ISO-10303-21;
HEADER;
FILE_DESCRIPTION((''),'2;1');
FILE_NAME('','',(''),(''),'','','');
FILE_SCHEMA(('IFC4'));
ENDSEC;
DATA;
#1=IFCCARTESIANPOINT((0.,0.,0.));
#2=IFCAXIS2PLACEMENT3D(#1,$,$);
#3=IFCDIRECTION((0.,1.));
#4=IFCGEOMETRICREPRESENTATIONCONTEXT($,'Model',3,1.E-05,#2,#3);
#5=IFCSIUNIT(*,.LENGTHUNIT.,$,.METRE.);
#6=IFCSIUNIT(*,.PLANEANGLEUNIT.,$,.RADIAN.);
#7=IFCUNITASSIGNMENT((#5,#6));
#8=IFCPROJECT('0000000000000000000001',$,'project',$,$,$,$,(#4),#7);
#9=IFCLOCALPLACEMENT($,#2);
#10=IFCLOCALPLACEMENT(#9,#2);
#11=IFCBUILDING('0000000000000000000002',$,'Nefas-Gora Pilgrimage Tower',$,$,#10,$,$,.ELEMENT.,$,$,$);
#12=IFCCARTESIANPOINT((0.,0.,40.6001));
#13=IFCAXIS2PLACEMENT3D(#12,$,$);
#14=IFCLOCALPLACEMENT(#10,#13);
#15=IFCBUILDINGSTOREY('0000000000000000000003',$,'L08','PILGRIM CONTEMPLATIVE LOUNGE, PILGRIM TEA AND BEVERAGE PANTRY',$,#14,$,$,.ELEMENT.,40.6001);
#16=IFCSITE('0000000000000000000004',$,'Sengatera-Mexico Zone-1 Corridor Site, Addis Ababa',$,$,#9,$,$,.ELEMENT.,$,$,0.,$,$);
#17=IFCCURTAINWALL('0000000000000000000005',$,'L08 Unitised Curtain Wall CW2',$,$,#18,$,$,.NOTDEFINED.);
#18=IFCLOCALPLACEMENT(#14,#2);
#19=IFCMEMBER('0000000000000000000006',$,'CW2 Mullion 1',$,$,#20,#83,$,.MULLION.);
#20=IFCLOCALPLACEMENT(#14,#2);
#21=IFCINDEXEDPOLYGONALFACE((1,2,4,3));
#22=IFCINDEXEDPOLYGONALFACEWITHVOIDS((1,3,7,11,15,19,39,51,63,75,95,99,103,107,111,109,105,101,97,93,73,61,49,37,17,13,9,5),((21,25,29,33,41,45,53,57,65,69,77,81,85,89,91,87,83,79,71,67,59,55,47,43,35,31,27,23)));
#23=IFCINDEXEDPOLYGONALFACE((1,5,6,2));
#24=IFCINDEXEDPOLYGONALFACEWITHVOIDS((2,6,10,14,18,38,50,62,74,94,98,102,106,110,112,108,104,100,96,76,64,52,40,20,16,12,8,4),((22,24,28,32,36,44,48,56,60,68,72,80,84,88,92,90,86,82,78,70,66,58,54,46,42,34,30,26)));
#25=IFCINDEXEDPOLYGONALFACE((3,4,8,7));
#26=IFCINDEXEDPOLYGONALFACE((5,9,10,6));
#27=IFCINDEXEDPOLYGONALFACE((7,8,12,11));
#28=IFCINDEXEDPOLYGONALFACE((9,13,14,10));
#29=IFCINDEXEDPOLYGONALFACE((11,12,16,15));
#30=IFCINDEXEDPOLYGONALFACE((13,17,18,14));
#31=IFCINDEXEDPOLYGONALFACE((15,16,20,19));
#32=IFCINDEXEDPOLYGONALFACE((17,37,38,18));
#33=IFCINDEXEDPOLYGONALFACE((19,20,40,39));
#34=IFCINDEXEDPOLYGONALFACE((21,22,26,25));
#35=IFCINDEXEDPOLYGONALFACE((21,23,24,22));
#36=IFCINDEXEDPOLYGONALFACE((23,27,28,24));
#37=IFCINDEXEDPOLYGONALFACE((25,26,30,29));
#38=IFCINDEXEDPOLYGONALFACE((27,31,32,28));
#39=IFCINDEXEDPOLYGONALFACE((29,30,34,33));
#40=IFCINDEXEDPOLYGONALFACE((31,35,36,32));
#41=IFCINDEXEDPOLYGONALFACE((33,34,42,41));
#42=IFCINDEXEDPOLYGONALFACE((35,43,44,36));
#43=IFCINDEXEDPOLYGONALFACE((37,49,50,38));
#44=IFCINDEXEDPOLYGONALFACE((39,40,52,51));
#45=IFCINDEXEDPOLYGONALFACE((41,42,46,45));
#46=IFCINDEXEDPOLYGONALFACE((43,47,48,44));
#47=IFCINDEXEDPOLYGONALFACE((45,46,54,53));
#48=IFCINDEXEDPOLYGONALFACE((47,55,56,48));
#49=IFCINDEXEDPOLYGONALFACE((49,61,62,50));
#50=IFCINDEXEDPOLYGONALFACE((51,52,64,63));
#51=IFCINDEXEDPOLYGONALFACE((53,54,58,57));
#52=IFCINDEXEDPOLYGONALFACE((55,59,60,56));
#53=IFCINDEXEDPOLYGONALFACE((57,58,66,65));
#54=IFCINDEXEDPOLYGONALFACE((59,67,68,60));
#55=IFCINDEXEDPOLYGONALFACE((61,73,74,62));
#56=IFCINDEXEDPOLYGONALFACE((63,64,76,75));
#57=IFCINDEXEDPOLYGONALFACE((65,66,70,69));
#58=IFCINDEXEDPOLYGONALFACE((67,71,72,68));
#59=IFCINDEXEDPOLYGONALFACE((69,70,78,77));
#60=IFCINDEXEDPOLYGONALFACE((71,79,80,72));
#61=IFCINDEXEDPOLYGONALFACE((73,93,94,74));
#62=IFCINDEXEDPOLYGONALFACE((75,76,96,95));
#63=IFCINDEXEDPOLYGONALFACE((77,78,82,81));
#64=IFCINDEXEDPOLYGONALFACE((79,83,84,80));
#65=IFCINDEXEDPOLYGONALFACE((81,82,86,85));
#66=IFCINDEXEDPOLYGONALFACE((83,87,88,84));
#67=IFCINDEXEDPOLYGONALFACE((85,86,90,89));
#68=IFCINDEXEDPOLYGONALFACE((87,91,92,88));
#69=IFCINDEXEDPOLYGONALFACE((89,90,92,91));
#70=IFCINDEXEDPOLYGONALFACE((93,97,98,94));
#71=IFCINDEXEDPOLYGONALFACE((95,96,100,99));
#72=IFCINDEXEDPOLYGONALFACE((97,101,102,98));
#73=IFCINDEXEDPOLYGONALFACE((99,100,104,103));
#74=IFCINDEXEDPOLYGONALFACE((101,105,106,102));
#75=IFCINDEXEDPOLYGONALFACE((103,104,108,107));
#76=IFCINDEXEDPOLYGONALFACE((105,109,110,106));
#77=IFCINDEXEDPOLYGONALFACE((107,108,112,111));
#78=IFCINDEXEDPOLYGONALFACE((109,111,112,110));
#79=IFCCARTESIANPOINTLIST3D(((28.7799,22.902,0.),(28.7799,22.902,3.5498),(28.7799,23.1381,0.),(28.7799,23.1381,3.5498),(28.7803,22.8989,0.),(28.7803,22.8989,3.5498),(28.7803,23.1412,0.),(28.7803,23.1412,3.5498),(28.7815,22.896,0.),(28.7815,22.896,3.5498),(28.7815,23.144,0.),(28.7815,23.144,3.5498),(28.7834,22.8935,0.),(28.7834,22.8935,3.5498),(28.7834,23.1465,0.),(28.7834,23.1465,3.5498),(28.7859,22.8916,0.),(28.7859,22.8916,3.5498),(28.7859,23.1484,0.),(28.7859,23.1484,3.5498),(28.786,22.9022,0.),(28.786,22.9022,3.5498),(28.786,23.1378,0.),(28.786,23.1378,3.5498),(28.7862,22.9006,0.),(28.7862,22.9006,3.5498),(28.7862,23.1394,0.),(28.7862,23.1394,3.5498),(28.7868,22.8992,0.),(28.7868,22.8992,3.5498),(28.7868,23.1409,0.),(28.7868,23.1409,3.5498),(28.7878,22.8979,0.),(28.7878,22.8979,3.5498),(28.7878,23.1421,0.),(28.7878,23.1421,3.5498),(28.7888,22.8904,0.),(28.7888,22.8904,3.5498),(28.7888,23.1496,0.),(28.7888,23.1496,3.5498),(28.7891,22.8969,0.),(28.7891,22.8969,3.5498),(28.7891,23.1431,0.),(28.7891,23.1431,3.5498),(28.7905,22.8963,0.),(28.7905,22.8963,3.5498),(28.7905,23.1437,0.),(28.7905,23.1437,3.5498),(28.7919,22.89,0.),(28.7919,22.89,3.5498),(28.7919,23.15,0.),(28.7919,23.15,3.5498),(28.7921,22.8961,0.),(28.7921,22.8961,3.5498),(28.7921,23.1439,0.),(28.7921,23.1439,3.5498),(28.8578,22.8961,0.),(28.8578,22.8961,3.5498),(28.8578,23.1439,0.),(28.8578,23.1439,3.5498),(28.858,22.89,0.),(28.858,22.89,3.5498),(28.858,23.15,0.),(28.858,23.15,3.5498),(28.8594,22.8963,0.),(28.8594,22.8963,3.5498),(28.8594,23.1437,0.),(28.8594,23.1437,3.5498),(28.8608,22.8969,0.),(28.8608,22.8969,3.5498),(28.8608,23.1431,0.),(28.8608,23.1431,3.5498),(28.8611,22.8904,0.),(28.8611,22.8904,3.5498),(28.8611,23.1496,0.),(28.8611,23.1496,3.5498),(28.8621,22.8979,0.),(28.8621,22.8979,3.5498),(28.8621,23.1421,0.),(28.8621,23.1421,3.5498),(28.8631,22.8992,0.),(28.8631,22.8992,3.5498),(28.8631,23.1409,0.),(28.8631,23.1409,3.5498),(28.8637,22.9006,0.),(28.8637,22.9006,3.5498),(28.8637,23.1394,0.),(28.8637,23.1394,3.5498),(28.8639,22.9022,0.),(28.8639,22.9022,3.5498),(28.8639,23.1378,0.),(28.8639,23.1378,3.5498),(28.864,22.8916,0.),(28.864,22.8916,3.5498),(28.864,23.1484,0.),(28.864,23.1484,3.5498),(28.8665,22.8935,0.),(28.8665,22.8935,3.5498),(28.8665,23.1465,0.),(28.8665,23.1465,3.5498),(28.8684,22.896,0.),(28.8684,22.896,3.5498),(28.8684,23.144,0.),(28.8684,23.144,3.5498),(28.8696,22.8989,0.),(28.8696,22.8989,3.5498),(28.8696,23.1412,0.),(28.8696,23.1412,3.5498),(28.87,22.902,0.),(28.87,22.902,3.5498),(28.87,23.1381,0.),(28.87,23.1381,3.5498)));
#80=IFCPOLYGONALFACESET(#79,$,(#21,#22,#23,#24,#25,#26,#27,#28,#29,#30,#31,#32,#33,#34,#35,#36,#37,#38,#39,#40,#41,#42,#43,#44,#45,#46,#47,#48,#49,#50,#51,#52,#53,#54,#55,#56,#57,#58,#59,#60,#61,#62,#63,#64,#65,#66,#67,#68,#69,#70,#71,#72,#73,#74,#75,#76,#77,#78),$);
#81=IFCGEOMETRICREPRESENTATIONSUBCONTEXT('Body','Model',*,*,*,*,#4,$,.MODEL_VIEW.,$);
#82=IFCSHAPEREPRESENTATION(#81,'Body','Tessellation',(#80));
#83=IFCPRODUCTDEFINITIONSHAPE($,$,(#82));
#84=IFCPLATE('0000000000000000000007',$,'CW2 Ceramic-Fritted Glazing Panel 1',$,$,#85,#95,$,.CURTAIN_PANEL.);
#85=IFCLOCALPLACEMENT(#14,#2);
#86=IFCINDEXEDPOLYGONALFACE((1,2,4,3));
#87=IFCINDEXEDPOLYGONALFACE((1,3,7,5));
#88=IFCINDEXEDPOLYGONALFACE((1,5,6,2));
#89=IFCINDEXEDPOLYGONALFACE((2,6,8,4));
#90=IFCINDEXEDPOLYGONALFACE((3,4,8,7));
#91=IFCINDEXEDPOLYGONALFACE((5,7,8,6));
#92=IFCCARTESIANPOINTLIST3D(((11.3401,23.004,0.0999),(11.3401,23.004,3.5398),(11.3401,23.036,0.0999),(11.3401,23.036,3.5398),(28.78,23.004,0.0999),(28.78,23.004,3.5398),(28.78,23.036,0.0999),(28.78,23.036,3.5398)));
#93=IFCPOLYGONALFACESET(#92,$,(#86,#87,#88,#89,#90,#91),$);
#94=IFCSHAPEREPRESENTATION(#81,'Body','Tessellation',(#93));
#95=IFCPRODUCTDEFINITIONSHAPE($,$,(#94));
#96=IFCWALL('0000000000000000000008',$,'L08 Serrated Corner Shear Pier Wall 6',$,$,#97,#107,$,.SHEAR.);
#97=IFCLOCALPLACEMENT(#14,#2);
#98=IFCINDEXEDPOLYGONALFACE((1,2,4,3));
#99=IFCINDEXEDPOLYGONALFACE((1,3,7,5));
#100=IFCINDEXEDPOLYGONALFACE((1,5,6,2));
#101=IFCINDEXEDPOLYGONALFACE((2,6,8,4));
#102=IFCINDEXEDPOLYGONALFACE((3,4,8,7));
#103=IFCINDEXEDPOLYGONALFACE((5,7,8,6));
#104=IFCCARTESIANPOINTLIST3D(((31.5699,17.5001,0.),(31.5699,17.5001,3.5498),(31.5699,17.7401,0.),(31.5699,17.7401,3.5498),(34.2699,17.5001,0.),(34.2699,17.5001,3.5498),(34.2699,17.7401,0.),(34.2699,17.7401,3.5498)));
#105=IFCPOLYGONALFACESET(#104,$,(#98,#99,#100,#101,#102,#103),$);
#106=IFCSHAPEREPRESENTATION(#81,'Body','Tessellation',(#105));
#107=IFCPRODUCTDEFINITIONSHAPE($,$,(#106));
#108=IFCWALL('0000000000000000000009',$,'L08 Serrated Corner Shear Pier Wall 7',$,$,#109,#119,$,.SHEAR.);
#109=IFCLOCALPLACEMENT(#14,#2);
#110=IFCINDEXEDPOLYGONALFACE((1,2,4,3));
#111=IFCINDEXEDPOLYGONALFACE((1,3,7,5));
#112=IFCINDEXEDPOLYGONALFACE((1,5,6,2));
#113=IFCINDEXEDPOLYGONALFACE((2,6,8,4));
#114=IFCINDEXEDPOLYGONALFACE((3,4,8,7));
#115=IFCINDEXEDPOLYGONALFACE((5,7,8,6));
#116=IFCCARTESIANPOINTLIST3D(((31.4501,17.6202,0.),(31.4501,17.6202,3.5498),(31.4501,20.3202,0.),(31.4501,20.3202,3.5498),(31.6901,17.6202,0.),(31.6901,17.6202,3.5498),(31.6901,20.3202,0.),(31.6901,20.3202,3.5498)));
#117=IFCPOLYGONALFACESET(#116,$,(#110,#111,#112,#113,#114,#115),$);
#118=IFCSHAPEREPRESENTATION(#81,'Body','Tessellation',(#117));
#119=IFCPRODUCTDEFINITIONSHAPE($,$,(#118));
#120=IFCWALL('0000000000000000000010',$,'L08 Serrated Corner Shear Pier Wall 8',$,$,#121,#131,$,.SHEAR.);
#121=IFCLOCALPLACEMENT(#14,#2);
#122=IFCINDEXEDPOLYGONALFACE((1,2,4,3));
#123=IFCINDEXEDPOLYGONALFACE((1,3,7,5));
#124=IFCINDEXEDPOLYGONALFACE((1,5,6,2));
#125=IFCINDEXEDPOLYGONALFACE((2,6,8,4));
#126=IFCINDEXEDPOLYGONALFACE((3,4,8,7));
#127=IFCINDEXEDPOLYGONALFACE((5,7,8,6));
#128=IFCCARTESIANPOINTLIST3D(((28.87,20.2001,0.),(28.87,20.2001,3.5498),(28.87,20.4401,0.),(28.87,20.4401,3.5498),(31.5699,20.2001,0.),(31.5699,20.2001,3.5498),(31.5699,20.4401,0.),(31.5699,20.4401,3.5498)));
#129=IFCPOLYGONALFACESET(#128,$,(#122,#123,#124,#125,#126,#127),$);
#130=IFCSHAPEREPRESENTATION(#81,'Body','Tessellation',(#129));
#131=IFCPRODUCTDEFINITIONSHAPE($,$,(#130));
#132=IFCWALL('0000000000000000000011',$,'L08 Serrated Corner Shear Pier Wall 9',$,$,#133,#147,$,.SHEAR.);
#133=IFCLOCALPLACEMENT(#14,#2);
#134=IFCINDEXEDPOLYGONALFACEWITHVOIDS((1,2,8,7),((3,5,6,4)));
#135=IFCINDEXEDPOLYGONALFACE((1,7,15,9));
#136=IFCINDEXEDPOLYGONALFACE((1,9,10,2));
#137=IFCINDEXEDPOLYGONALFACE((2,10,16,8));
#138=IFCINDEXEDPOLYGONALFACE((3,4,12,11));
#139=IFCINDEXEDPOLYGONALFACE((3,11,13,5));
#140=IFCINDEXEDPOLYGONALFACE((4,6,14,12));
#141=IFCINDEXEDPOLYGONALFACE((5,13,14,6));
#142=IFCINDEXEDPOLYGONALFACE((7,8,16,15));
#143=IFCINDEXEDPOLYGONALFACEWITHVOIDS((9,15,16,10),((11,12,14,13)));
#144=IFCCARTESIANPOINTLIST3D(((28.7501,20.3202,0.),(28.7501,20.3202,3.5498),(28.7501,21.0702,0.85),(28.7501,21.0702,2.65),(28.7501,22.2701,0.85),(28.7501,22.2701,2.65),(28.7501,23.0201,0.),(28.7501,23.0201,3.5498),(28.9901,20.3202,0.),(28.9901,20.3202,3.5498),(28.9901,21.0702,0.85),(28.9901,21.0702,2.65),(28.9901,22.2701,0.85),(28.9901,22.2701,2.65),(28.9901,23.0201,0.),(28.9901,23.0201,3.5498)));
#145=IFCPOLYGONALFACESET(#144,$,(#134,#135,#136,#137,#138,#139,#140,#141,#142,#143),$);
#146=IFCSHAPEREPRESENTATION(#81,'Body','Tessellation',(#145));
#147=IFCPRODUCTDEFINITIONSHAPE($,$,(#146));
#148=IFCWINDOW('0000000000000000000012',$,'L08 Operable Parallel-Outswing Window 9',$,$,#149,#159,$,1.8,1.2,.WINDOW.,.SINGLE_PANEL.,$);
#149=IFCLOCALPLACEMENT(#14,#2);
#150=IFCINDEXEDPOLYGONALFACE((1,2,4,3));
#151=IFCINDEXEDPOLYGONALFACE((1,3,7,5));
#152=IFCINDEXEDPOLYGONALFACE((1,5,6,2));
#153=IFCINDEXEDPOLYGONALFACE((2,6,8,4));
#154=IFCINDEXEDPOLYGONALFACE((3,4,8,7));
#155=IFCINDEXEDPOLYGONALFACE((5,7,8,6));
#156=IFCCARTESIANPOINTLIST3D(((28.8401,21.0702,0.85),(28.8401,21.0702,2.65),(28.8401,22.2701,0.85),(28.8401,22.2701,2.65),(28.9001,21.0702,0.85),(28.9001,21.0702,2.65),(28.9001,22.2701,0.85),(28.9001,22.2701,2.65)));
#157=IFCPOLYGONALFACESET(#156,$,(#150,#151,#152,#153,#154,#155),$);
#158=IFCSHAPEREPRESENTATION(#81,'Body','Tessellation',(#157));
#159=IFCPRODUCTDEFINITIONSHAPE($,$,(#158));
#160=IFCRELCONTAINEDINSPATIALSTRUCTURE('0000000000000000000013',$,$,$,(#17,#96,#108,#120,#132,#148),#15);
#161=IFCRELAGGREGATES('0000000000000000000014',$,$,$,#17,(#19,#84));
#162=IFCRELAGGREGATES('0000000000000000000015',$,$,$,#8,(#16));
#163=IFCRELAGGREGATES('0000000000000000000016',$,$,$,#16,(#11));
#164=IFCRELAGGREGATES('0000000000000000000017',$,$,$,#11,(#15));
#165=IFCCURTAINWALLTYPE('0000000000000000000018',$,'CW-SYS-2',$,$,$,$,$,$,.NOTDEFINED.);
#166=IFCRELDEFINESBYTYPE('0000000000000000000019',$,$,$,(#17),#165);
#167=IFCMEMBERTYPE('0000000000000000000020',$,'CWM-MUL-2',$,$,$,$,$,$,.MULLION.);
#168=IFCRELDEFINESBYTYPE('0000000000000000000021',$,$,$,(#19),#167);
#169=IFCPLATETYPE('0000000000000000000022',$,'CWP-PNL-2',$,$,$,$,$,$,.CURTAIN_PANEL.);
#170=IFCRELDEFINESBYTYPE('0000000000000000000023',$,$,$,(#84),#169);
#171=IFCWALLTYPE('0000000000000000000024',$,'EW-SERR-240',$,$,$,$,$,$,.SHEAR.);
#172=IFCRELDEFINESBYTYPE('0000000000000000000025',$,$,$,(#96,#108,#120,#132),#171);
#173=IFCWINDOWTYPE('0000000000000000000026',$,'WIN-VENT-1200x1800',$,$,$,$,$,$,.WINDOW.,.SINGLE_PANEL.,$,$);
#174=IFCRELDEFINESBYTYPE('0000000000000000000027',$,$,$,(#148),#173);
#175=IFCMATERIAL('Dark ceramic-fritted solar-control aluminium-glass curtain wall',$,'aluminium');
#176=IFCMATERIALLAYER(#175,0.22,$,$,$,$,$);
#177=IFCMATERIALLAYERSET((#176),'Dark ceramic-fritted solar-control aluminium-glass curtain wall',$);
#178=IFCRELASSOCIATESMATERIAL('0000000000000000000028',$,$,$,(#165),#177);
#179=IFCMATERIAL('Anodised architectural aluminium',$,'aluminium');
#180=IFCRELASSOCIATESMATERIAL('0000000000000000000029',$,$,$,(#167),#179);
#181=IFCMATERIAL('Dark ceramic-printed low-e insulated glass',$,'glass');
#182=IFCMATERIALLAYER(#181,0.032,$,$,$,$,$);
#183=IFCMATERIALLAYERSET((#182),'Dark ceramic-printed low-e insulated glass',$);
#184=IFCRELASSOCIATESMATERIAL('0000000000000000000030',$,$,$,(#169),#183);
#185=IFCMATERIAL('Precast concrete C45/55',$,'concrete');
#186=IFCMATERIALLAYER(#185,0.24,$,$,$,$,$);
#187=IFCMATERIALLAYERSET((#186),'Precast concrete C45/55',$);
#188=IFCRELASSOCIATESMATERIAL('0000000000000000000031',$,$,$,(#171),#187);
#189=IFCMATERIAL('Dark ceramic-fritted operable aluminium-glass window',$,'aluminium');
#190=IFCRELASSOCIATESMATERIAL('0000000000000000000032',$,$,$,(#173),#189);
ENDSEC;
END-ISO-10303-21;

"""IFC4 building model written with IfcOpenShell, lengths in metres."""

from ifc_helpers import new_model, si_unit, direction, frame, frame_2d, origin, origin_2d, place, context, subcontext, project, spatial, rectangle, hollow_rectangle, extrude, source, transform, mapped, material, layer, layer_set, material_profile, profile_set, type_object, element, fill, aggregate, save


model = new_model("IFC4")

# Units and contexts
model_context = context("Model", 3, precision=1e-05, world=origin(), true_north=direction((0.0, 1.0)))
body_context = subcontext(model_context, "Body", "Model", "MODEL_VIEW")
ifc_project = project(units=[si_unit("LENGTHUNIT", "METRE"), si_unit("PLANEANGLEUNIT", "RADIAN")], contexts=[model_context])

# Site, building, storey
site_placement = place(None, origin())
site = spatial("IfcSite", under=ifc_project, at=site_placement, Name="Sengatera-Mexico Zone-1 Corridor Site, Addis Ababa", CompositionType="ELEMENT", RefElevation=0.0)
building_placement = place(site_placement, origin())
building = spatial("IfcBuilding", under=site, at=building_placement, Name="Nefas-Gora Pilgrimage Tower", CompositionType="ELEMENT")
storey_placement = place(building_placement, frame((0.0, 0.0, 40.6001)))
storey = spatial("IfcBuildingStorey", under=building, at=storey_placement, Name="L08", Description="PILGRIM CONTEMPLATIVE LOUNGE, PILGRIM TEA AND BEVERAGE PANTRY", CompositionType="ELEMENT", Elevation=40.6001)

# Curtain wall
ifc_material_1 = material(Name="Dark ceramic-fritted solar-control aluminium-glass curtain wall", Category="aluminium")
ifc_layer_1 = layer(ifc_material_1, 0.22)
ifc_layer_set_1 = layer_set([ifc_layer_1], Name="Dark ceramic-fritted solar-control aluminium-glass curtain wall")
curtain_wall_type = type_object("IfcCurtainWallType", Name="CW-SYS-2", PredefinedType="NOTDEFINED", material=ifc_layer_set_1)
curtain_wall_1_placement = place(storey_placement, origin())
curtain_wall_1 = element("IfcCurtainWall", 1, at=curtain_wall_1_placement, inside=storey, type_object=curtain_wall_type, Name="L08 Unitised Curtain Wall CW2", PredefinedType="NOTDEFINED")
ifc_material_2 = material(Name="Anodised architectural aluminium", Category="aluminium")
ifc_material_profile_1 = material_profile(ifc_material_2, hollow_rectangle(XDim=0.0901, YDim=0.26, WallThickness=0.0061, InnerFilletRadius=0.0061, OuterFilletRadius=0.012, at=origin_2d()), Name="ALU MULLION 90x260")
ifc_profile_set_1 = profile_set([ifc_material_profile_1], Name="Anodised architectural aluminium")
member_type_1 = type_object("IfcMemberType", Name="CWM-MUL-2", PredefinedType="MULLION", material=ifc_profile_set_1)
shared_shape_1 = source(origin(), body_context, "Body", "SweptSolid", [
    extrude(hollow_rectangle(XDim=0.0901, YDim=0.26, WallThickness=0.0061, InnerFilletRadius=0.0061, OuterFilletRadius=0.012, at=origin_2d()), origin(), (0.0, 0.0, 1.0), 3.5498),
])

# Member
member_1_placement = place(storey_placement, frame((28.825, 23.02, 0.0), z_axis=(0.0, 0.0, 1.0), x_axis=(-1.0, 0.0, 0.0)))
member_1 = element("IfcMember", 2, at=member_1_placement, type_object=member_type_1, Name="CW2 Mullion 1", PredefinedType="MULLION", context=body_context, shape_type="MappedRepresentation", body=[
    mapped(shared_shape_1, transform((0.0, 0.0, 0.0), x_axis=(1.0, 0.0, 0.0), y_axis=(0.0, 1.0, 0.0), z_axis=(0.0, 0.0, 1.0), scale=1.0)),
])

# Plate
ifc_material_3 = material(Name="Dark ceramic-printed low-e insulated glass", Category="glass")
ifc_layer_2 = layer(ifc_material_3, 0.032)
ifc_layer_set_2 = layer_set([ifc_layer_2], Name="Dark ceramic-printed low-e insulated glass")
plate_type = type_object("IfcPlateType", Name="CWP-PNL-2", PredefinedType="CURTAIN_PANEL", material=ifc_layer_set_2)
shared_shape_2 = source(origin(), body_context, "Body", "SweptSolid", [
    extrude(rectangle(XDim=17.4399, YDim=0.032, at=origin_2d()), origin(), (0.0, 0.0, 1.0), 3.4399),
])
plate_placement = place(storey_placement, frame((20.0601, 23.02, 0.0999), z_axis=(0.0, 0.0, 1.0), x_axis=(-1.0, 0.0, 0.0)))
plate = element("IfcPlate", 3, at=plate_placement, type_object=plate_type, Name="CW2 Ceramic-Fritted Glazing Panel 1", PredefinedType="CURTAIN_PANEL", context=body_context, shape_type="MappedRepresentation", body=[
    mapped(shared_shape_2, transform((0.0, 0.0, 0.0), x_axis=(1.0, 0.0, 0.0), y_axis=(0.0, 1.0, 0.0), z_axis=(0.0, 0.0, 1.0), scale=1.0)),
])
aggregate(curtain_wall_1, [member_1, plate])

# Walls
ifc_material_4 = material(Name="Precast concrete C45/55", Category="concrete")
ifc_layer_3 = layer(ifc_material_4, 0.24)
ifc_layer_set_3 = layer_set([ifc_layer_3], Name="Precast concrete C45/55")
wall_type = type_object("IfcWallType", Name="EW-SERR-240", PredefinedType="SHEAR", material=ifc_layer_set_3)
shared_shape_3 = source(origin(), body_context, "Body", "SweptSolid", [
    extrude(rectangle(XDim=2.7, YDim=0.24, at=frame_2d((1.3501, 0.0))), origin(), (0.0, 0.0, 1.0), 3.5498),
])
for number, where, z_axis, x_axis, name in (
    (4, (34.27, 17.6201, 0.0), (0.0, 0.0, 1.0), (-1.0, 0.0, 0.0), "L08 Serrated Corner Shear Pier Wall 6"),
    (5, (31.5701, 17.6201, 0.0), (0.0, 0.0, 1.0), (0.0, 1.0, 0.0), "L08 Serrated Corner Shear Pier Wall 7"),
    (6, (31.5701, 20.3201, 0.0), (0.0, 0.0, 1.0), (-1.0, 0.0, 0.0), "L08 Serrated Corner Shear Pier Wall 8"),
):
    element("IfcWall", number, at=place(storey_placement, frame(where, z_axis=z_axis, x_axis=x_axis)), inside=storey, type_object=wall_type, Name=name, PredefinedType="SHEAR", context=body_context, shape_type="MappedRepresentation", body=[
        mapped(shared_shape_3, transform((0.0, 0.0, 0.0), x_axis=(1.0, 0.0, 0.0), y_axis=(0.0, 1.0, 0.0), z_axis=(0.0, 0.0, 1.0), scale=1.0)),
    ])

# Wall, opening, window
wall_placement = place(storey_placement, frame((28.8701, 20.3201, 0.0), z_axis=(0.0, 0.0, 1.0), x_axis=(0.0, 1.0, 0.0)))
wall = element("IfcWall", 7, at=wall_placement, inside=storey, type_object=wall_type, Name="L08 Serrated Corner Shear Pier Wall 9", PredefinedType="SHEAR", context=body_context, shape_type="MappedRepresentation", body=[
    mapped(shared_shape_3, transform((0.0, 0.0, 0.0), x_axis=(1.0, 0.0, 0.0), y_axis=(0.0, 1.0, 0.0), z_axis=(0.0, 0.0, 1.0), scale=1.0)),
])
opening_placement = place(wall_placement, frame((0.75, 0.0, 0.8501)))
opening = element("IfcOpeningElement", 8, at=opening_placement, cuts=wall, PredefinedType="OPENING", context=body_context, shape_type="SweptSolid", body=[
    extrude(rectangle(XDim=1.2, YDim=1.8, at=frame_2d((0.6001, 0.8999))), frame((0.0, 0.1299, 0.0), z_axis=(0.0, -1.0, 0.0), x_axis=(1.0, 0.0, 0.0)), (0.0, 0.0, 1.0), 0.26),
])
ifc_material_5 = material(Name="Dark ceramic-fritted operable aluminium-glass window", Category="aluminium")
window_type = type_object("IfcWindowType", Name="WIN-VENT-1200x1800", PartitioningType="SINGLE_PANEL", PredefinedType="WINDOW", material=ifc_material_5)
shared_shape_4 = source(origin(), body_context, "Body", "SweptSolid", [
    extrude(rectangle(XDim=1.2, YDim=1.8, at=frame_2d((0.6001, 0.8999))), frame((0.0, 0.03, 0.0), z_axis=(0.0, -1.0, 0.0), x_axis=(1.0, 0.0, 0.0)), (0.0, 0.0, 1.0), 0.0601),
])
window_placement = place(opening_placement, origin())
window = element("IfcWindow", 9, at=window_placement, inside=storey, type_object=window_type, Name="L08 Operable Parallel-Outswing Window 9", OverallHeight=1.8, OverallWidth=1.2, PartitioningType="SINGLE_PANEL", PredefinedType="WINDOW", context=body_context, shape_type="MappedRepresentation", body=[
    mapped(shared_shape_4, transform((0.0, 0.0, 0.0), x_axis=(1.0, 0.0, 0.0), y_axis=(0.0, 1.0, 0.0), z_axis=(0.0, 0.0, 1.0), scale=1.0)),
])
fill(opening, window)

save(model, "model.ifc")
